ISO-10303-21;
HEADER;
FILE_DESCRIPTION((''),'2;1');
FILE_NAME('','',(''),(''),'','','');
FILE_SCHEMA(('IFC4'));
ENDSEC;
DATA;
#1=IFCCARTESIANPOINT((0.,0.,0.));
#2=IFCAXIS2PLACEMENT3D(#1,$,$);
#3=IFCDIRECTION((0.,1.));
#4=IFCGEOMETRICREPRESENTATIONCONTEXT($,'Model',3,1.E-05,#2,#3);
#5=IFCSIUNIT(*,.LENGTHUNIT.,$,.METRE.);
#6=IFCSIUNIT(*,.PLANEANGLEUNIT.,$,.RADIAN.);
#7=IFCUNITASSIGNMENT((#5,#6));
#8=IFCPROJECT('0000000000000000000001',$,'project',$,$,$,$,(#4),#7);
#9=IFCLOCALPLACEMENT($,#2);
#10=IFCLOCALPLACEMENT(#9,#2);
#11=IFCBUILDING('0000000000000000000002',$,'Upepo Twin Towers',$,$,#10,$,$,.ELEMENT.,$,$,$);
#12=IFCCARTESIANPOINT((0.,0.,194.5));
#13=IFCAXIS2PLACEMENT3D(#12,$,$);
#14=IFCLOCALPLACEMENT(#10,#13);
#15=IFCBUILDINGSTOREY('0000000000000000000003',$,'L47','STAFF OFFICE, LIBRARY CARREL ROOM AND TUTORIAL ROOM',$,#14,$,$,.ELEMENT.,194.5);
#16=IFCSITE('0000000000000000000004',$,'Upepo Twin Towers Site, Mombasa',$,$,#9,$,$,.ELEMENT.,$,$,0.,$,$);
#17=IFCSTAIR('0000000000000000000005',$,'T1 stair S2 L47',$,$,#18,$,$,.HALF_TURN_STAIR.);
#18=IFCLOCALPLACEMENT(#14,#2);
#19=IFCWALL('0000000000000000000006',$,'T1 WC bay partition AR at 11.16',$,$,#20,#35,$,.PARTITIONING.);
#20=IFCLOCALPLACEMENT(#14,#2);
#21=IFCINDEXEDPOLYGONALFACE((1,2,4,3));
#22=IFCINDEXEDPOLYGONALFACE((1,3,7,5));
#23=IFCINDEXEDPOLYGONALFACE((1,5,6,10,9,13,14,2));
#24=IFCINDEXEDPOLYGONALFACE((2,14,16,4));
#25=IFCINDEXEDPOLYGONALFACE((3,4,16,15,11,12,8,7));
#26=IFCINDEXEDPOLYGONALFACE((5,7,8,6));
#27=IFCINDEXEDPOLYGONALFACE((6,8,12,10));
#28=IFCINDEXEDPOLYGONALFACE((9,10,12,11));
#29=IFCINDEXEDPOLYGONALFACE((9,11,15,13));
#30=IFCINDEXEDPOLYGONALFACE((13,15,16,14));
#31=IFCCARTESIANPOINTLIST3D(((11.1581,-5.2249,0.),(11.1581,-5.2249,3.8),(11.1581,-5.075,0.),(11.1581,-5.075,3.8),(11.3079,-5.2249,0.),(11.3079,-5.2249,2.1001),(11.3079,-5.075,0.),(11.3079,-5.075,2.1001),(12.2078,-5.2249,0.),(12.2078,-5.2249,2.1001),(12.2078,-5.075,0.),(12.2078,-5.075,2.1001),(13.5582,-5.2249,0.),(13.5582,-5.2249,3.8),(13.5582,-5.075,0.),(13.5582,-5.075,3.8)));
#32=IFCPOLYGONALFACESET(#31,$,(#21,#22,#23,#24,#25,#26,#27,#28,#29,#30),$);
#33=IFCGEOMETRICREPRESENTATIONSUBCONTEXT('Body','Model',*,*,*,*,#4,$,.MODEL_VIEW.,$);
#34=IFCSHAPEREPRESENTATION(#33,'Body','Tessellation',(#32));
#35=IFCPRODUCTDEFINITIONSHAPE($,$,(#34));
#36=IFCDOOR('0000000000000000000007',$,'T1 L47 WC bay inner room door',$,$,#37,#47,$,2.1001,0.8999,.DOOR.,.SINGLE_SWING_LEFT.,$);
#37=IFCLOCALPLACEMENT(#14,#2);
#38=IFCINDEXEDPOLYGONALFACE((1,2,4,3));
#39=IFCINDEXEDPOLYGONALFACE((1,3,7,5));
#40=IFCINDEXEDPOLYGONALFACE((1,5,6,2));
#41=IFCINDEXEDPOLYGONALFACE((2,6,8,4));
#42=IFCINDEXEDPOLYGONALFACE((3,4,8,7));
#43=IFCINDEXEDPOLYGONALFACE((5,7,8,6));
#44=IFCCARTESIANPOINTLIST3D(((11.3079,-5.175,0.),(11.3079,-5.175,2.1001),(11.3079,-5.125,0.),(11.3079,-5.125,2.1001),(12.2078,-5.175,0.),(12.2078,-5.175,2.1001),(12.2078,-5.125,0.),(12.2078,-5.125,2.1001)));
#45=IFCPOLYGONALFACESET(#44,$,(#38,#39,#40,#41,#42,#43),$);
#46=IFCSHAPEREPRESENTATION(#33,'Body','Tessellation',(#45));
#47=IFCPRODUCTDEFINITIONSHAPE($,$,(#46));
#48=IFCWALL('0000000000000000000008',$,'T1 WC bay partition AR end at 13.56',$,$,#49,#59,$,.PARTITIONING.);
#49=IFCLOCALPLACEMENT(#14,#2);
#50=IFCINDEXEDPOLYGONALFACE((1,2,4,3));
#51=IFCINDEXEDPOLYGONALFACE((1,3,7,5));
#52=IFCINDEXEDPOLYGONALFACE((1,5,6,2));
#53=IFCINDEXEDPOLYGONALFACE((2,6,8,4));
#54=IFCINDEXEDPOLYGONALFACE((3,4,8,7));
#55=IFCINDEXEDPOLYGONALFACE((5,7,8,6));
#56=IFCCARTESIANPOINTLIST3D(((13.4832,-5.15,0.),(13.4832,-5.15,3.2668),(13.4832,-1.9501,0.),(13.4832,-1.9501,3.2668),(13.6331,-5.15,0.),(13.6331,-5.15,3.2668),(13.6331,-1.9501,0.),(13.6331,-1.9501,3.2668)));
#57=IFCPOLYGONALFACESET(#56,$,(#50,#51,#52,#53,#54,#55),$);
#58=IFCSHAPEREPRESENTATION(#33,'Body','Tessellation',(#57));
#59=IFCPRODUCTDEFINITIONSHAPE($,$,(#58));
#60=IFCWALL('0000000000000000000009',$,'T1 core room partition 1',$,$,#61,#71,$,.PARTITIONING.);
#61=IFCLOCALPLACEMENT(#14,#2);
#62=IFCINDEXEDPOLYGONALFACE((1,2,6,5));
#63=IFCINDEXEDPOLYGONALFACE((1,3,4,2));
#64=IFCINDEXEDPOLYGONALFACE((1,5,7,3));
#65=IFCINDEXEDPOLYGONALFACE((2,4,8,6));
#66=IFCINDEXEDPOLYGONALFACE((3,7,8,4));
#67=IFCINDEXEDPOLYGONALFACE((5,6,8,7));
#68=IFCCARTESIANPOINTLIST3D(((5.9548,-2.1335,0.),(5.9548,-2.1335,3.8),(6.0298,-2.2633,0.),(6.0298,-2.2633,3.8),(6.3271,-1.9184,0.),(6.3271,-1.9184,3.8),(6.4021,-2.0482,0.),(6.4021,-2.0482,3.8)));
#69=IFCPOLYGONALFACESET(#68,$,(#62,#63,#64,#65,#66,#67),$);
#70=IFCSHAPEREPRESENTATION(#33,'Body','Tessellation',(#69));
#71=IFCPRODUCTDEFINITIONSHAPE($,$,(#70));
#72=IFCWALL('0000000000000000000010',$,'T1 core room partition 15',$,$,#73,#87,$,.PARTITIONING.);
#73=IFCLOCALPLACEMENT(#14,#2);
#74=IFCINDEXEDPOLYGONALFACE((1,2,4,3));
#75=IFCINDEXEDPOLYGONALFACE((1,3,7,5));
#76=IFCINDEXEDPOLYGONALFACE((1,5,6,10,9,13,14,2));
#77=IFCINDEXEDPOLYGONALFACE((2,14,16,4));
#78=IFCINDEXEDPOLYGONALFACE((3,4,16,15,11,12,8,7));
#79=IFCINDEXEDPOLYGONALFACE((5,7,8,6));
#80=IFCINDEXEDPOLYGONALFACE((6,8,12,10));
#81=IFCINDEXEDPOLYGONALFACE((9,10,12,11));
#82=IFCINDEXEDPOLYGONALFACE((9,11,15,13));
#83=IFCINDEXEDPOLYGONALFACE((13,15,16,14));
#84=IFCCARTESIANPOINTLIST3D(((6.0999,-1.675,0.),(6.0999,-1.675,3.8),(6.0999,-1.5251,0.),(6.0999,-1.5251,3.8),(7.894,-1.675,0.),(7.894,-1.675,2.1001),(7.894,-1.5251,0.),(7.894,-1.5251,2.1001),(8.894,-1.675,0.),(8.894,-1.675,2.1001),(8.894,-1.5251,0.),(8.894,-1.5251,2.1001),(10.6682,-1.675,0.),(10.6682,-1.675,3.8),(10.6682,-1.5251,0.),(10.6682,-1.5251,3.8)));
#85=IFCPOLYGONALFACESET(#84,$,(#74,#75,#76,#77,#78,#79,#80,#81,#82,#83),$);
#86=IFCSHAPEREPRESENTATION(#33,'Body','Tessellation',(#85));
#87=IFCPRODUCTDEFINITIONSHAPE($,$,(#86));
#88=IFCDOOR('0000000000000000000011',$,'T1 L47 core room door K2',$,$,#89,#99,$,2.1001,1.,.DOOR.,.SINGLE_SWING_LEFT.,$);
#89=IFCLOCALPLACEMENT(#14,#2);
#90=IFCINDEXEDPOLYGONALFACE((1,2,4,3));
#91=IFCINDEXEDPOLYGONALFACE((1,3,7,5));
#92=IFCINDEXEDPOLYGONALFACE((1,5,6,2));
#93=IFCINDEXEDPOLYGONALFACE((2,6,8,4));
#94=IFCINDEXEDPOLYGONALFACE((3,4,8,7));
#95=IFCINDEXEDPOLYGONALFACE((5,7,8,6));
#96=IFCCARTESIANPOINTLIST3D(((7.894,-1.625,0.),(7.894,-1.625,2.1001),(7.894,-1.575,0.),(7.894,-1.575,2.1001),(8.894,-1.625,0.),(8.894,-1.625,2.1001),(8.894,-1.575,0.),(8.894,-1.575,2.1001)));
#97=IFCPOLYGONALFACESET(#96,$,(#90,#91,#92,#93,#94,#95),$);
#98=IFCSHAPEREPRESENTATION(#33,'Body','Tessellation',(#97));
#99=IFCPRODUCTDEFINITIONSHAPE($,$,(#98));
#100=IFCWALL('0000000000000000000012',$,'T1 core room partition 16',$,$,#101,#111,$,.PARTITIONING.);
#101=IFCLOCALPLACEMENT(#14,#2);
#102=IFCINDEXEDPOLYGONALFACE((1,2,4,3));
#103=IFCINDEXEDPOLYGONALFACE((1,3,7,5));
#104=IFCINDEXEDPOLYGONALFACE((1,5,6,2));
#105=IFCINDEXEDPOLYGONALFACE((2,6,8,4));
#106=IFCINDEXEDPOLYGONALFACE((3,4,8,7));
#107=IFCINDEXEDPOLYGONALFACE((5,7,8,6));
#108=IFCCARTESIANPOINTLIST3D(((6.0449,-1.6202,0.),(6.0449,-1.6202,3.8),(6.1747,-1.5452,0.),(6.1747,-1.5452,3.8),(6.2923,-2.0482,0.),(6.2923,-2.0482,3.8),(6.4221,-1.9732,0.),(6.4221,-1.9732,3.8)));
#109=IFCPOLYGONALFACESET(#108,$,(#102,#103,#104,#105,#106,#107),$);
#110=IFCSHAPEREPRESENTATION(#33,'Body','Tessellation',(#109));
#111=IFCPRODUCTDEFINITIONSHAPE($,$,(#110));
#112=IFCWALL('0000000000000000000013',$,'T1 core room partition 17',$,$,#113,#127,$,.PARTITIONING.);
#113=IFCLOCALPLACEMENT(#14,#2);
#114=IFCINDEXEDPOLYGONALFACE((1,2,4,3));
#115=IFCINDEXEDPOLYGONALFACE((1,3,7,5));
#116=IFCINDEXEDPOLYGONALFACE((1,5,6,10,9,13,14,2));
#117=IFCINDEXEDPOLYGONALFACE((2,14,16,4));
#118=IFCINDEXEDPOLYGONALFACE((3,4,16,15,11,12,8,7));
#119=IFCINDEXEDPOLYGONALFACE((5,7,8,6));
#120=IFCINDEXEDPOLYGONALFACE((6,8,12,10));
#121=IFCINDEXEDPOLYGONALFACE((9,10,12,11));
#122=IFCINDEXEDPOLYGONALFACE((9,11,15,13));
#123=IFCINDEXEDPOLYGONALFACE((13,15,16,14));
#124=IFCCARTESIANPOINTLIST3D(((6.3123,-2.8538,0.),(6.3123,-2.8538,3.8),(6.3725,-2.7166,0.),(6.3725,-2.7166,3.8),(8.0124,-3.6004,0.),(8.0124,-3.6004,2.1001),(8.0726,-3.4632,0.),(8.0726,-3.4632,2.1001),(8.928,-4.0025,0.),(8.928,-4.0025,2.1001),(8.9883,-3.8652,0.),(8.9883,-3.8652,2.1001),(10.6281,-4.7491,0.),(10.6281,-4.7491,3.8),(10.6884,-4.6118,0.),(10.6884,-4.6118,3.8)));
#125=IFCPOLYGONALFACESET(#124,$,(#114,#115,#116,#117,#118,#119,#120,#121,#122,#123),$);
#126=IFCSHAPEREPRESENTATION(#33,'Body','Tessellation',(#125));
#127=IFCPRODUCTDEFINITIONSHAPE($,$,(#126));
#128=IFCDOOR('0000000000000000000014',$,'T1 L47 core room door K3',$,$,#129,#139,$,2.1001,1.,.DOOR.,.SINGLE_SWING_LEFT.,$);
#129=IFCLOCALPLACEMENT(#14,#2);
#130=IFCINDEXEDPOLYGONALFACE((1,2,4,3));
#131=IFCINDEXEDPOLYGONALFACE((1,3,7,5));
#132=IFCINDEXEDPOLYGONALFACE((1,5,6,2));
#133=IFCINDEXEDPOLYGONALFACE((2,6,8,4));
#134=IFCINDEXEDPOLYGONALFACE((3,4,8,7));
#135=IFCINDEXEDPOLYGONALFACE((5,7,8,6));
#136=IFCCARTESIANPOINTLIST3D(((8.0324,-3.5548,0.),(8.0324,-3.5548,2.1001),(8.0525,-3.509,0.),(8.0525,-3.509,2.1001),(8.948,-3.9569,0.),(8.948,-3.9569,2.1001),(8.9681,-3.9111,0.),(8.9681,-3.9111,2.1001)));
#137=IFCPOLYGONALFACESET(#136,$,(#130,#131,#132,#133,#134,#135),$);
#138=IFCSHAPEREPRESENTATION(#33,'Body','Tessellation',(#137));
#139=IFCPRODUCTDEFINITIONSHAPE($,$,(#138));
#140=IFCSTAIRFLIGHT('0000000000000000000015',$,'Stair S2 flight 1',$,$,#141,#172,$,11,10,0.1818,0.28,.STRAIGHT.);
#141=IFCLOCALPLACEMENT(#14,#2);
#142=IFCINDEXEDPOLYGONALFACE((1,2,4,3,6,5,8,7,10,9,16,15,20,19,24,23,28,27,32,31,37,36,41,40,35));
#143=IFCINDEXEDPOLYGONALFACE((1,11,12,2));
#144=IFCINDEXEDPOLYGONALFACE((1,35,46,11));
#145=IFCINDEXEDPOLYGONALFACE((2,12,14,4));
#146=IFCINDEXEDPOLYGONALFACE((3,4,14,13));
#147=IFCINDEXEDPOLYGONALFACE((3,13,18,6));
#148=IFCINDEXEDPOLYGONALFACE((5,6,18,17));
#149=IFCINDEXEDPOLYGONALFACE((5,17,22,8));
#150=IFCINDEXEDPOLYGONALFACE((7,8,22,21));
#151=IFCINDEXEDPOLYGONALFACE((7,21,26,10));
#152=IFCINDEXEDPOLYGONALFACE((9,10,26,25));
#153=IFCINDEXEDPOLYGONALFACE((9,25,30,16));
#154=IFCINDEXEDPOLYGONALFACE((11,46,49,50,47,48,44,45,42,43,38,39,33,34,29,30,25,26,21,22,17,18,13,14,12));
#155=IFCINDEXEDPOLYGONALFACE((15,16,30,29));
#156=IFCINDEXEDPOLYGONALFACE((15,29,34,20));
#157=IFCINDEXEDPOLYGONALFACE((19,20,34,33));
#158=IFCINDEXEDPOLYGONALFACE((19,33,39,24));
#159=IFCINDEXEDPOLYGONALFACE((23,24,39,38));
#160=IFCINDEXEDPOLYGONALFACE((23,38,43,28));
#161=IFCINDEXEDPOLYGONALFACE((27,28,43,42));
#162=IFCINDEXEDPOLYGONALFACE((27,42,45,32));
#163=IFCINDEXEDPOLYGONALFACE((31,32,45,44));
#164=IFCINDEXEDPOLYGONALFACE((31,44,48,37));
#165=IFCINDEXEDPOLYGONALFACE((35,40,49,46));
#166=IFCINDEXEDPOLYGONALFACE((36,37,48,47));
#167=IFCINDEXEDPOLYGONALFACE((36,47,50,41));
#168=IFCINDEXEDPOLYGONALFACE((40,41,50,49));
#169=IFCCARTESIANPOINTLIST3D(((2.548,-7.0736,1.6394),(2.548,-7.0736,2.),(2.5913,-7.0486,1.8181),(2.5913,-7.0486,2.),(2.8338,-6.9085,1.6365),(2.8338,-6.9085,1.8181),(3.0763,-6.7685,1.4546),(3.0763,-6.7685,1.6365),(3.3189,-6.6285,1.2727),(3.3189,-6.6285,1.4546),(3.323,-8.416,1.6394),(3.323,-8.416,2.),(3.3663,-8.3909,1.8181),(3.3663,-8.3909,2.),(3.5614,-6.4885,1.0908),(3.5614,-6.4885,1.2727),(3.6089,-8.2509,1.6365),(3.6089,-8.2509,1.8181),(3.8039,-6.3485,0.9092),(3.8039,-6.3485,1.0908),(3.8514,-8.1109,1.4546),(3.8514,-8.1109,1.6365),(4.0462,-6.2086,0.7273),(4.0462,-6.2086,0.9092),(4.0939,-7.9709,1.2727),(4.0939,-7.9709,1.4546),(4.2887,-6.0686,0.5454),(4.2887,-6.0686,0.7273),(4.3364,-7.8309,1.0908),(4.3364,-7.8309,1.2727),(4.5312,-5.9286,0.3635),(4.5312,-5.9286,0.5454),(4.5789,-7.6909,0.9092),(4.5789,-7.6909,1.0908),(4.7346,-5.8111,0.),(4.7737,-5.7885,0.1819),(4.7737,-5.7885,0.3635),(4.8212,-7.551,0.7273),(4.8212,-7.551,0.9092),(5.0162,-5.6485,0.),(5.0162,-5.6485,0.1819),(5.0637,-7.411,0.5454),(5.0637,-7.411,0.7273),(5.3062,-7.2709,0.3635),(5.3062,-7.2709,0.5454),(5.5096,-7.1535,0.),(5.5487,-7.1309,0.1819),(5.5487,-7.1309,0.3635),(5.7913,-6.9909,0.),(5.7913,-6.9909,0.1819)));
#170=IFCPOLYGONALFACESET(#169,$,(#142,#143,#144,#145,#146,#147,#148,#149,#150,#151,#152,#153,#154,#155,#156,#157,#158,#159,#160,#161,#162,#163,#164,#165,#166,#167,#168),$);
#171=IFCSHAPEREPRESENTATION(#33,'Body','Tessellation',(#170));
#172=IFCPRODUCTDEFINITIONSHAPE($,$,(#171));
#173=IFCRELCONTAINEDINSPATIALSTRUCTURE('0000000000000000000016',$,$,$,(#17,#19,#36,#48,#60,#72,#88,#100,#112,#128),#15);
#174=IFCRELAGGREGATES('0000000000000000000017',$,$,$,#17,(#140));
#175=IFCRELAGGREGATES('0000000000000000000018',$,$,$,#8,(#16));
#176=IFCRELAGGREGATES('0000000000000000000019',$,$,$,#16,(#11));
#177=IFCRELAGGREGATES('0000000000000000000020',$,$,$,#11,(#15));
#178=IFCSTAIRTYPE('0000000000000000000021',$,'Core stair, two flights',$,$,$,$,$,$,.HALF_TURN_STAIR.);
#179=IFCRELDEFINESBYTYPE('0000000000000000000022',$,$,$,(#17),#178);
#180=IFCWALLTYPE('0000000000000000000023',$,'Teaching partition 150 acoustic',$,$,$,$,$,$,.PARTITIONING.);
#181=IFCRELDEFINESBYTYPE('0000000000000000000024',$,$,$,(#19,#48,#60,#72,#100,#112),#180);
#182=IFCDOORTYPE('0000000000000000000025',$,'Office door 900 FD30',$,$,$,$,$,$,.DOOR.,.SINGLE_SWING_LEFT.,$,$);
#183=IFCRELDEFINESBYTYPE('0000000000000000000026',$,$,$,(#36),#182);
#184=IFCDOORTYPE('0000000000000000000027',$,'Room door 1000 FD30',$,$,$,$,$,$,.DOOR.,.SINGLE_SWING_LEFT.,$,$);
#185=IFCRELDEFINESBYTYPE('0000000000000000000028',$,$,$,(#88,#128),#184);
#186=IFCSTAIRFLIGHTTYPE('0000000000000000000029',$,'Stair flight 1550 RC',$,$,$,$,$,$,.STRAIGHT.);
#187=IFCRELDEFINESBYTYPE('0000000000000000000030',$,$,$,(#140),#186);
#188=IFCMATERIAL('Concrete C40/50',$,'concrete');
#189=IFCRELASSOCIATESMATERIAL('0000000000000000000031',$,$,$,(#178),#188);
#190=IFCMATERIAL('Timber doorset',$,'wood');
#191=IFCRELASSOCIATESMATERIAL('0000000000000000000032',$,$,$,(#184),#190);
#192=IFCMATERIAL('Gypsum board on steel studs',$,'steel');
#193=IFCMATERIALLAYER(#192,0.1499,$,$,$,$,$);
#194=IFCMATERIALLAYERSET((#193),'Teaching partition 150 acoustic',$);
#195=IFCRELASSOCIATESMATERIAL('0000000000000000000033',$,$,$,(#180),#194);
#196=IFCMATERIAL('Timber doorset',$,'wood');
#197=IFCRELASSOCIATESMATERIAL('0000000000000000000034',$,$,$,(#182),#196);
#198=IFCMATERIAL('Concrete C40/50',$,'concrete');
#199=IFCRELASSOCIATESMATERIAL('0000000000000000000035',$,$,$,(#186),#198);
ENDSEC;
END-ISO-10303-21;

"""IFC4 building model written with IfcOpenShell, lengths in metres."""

from ifc_helpers import new_model, si_unit, direction, frame, frame_2d, origin, place, context, subcontext, project, spatial, polyline, rectangle, outline, extrude, material, layer, layer_set, type_object, element, fill, aggregate, save


model = new_model("IFC4")

# Units and contexts
model_context = context("Model", 3, precision=1e-05, world=origin(), true_north=direction((0.0, 1.0)))
body_context = subcontext(model_context, "Body", "Model", "MODEL_VIEW")
ifc_project = project(units=[si_unit("LENGTHUNIT", "METRE"), si_unit("PLANEANGLEUNIT", "RADIAN")], contexts=[model_context])

# Site, building, storey
site_placement = place(None, origin())
site = spatial("IfcSite", under=ifc_project, at=site_placement, Name="Upepo Twin Towers Site, Mombasa", CompositionType="ELEMENT", RefElevation=0.0)
building_placement = place(site_placement, origin())
building = spatial("IfcBuilding", under=site, at=building_placement, Name="Upepo Twin Towers", CompositionType="ELEMENT")
storey_placement = place(building_placement, frame((0.0, 0.0, 194.5)))
storey = spatial("IfcBuildingStorey", under=building, at=storey_placement, Name="L47", Description="STAFF OFFICE, LIBRARY CARREL ROOM AND TUTORIAL ROOM", CompositionType="ELEMENT", Elevation=194.5)

# Stair
ifc_material_1 = material(Name="Concrete C40/50", Category="concrete")
stair_type = type_object("IfcStairType", Name="Core stair, two flights", PredefinedType="HALF_TURN_STAIR", material=ifc_material_1)
stair_placement = place(storey_placement, origin())
stair = element("IfcStair", 1, at=stair_placement, inside=storey, type_object=stair_type, Name="T1 stair S2 L47", PredefinedType="HALF_TURN_STAIR")

# Shared definitions
ifc_material_2 = material(Name="Timber doorset", Category="wood")
door_type_1 = type_object("IfcDoorType", Name="Room door 1000 FD30", OperationType="SINGLE_SWING_LEFT", PredefinedType="DOOR", material=ifc_material_2)

# Wall, opening, door
ifc_material_3 = material(Name="Gypsum board on steel studs", Category="steel")
ifc_layer_1 = layer(ifc_material_3, 0.1499)
ifc_layer_set_1 = layer_set([ifc_layer_1], Name="Teaching partition 150 acoustic")
wall_type_1 = type_object("IfcWallType", Name="Teaching partition 150 acoustic", PredefinedType="PARTITIONING", material=ifc_layer_set_1)
wall_1_placement = place(storey_placement, frame((11.158, -5.1499, 0.0), z_axis=(0.0, 0.0, 1.0), x_axis=(1.0, 0.0, 0.0)))
wall_1 = element("IfcWall", 2, at=wall_1_placement, inside=storey, type_object=wall_type_1, Name="T1 WC bay partition AR at 11.16", PredefinedType="PARTITIONING", context=body_context, shape_type="SweptSolid", body=[
    extrude(rectangle(XDim=2.4001, YDim=0.1499, at=frame_2d((1.2002, 0.0))), origin(), (0.0, 0.0, 1.0), 3.8),
])
opening_1_placement = place(wall_1_placement, frame((0.1499, 0.0, 0.0)))
opening_1 = element("IfcOpeningElement", 3, at=opening_1_placement, cuts=wall_1, PredefinedType="OPENING", context=body_context, shape_type="SweptSolid", body=[
    extrude(rectangle(XDim=0.8999, YDim=2.1001, at=frame_2d((0.45, 1.05))), frame((0.0, 0.085, 0.0), z_axis=(0.0, -1.0, 0.0), x_axis=(1.0, 0.0, 0.0)), (0.0, 0.0, 1.0), 0.1699),
])
ifc_material_4 = material(Name="Timber doorset", Category="wood")
door_type_2 = type_object("IfcDoorType", Name="Office door 900 FD30", OperationType="SINGLE_SWING_LEFT", PredefinedType="DOOR", material=ifc_material_4)
door_1_placement = place(opening_1_placement, origin())
door_1 = element("IfcDoor", 4, at=door_1_placement, inside=storey, type_object=door_type_2, Name="T1 L47 WC bay inner room door", OperationType="SINGLE_SWING_LEFT", OverallHeight=2.1001, OverallWidth=0.8999, PredefinedType="DOOR", context=body_context, shape_type="SweptSolid", body=[
    extrude(rectangle(XDim=0.8999, YDim=2.1001, at=frame_2d((0.45, 1.05))), frame((0.0, 0.0249, 0.0), z_axis=(0.0, -1.0, 0.0), x_axis=(1.0, 0.0, 0.0)), (0.0, 0.0, 1.0), 0.05),
])
fill(opening_1, door_1)

# Walls
wall_2_placement = place(storey_placement, frame((13.5581, -1.95, 0.0), z_axis=(0.0, 0.0, 1.0), x_axis=(0.0, -1.0, 0.0)))
element("IfcWall", 5, at=wall_2_placement, inside=storey, type_object=wall_type_1, Name="T1 WC bay partition AR end at 13.56", PredefinedType="PARTITIONING", context=body_context, shape_type="SweptSolid", body=[
    extrude(rectangle(XDim=3.2, YDim=0.1499, at=frame_2d((1.6001, 0.0))), origin(), (0.0, 0.0, 1.0), 3.2668),
])
wall_3_placement = place(storey_placement, frame((6.3645, -1.9834, 0.0), z_axis=(0.0, 0.0, 1.0), x_axis=(-0.865892, -0.50023, 0.0)))
element("IfcWall", 6, at=wall_3_placement, inside=storey, type_object=wall_type_1, Name="T1 core room partition 1", PredefinedType="PARTITIONING", context=body_context, shape_type="SweptSolid", body=[
    extrude(rectangle(XDim=0.4299, YDim=0.1499, at=frame_2d((0.2148, 0.0))), origin(), (0.0, 0.0, 1.0), 3.8),
])

# Wall, opening, door
wall_4_placement = place(storey_placement, frame((10.6682, -1.6001, 0.0), z_axis=(0.0, 0.0, 1.0), x_axis=(-1.0, 0.0, 0.0)))
wall_4 = element("IfcWall", 7, at=wall_4_placement, inside=storey, type_object=wall_type_1, Name="T1 core room partition 15", PredefinedType="PARTITIONING", context=body_context, shape_type="SweptSolid", body=[
    extrude(rectangle(XDim=4.5684, YDim=0.1499, at=frame_2d((2.2842, 0.0))), origin(), (0.0, 0.0, 1.0), 3.8),
])
opening_2_placement = place(wall_4_placement, frame((1.7742, 0.0, 0.0)))
opening_2 = element("IfcOpeningElement", 8, at=opening_2_placement, cuts=wall_4, PredefinedType="OPENING", context=body_context, shape_type="SweptSolid", body=[
    extrude(rectangle(XDim=1.0, YDim=2.1001, at=frame_2d((0.5, 1.05))), frame((0.0, 0.085, 0.0), z_axis=(0.0, -1.0, 0.0), x_axis=(1.0, 0.0, 0.0)), (0.0, 0.0, 1.0), 0.1699),
])
door_2_placement = place(opening_2_placement, origin())
door_2 = element("IfcDoor", 9, at=door_2_placement, inside=storey, type_object=door_type_1, Name="T1 L47 core room door K2", OperationType="SINGLE_SWING_LEFT", OverallHeight=2.1001, OverallWidth=1.0, PredefinedType="DOOR", context=body_context, shape_type="SweptSolid", body=[
    extrude(rectangle(XDim=1.0, YDim=2.1001, at=frame_2d((0.5, 1.05))), frame((0.0, 0.0249, 0.0), z_axis=(0.0, -1.0, 0.0), x_axis=(1.0, 0.0, 0.0)), (0.0, 0.0, 1.0), 0.05),
])
fill(opening_2, door_2)

# Wall
wall_5_placement = place(storey_placement, frame((6.1099, -1.5828, 0.0), z_axis=(0.0, 0.0, 1.0), x_axis=(0.500335, -0.865832, 0.0)))
element("IfcWall", 10, at=wall_5_placement, inside=storey, type_object=wall_type_1, Name="T1 core room partition 16", PredefinedType="PARTITIONING", context=body_context, shape_type="SweptSolid", body=[
    extrude(rectangle(XDim=0.4944, YDim=0.1499, at=frame_2d((0.2471, 0.0))), origin(), (0.0, 0.0, 1.0), 3.8),
])

# Wall, opening, door
wall_6_placement = place(storey_placement, frame((6.3423, -2.7852, 0.0), z_axis=(0.0, 0.0, 1.0), x_axis=(0.915607, -0.402074, 0.0)))
wall_6 = element("IfcWall", 11, at=wall_6_placement, inside=storey, type_object=wall_type_1, Name="T1 core room partition 17", PredefinedType="PARTITIONING", context=body_context, shape_type="SweptSolid", body=[
    extrude(rectangle(XDim=4.7136, YDim=0.1499, at=frame_2d((2.3569, 0.0))), origin(), (0.0, 0.0, 1.0), 3.8),
])
opening_3_placement = place(wall_6_placement, frame((1.8569, 0.0, 0.0)))
opening_3 = element("IfcOpeningElement", 12, at=opening_3_placement, cuts=wall_6, PredefinedType="OPENING", context=body_context, shape_type="SweptSolid", body=[
    extrude(rectangle(XDim=1.0, YDim=2.1001, at=frame_2d((0.5, 1.05))), frame((0.0, 0.085, 0.0), z_axis=(0.0, -1.0, 0.0), x_axis=(1.0, 0.0, 0.0)), (0.0, 0.0, 1.0), 0.1699),
])
door_3_placement = place(opening_3_placement, origin())
door_3 = element("IfcDoor", 13, at=door_3_placement, inside=storey, type_object=door_type_1, Name="T1 L47 core room door K3", OperationType="SINGLE_SWING_LEFT", OverallHeight=2.1001, OverallWidth=1.0, PredefinedType="DOOR", context=body_context, shape_type="SweptSolid", body=[
    extrude(rectangle(XDim=1.0, YDim=2.1001, at=frame_2d((0.5, 1.05))), frame((0.0, 0.0249, 0.0), z_axis=(0.0, -1.0, 0.0), x_axis=(1.0, 0.0, 0.0)), (0.0, 0.0, 1.0), 0.05),
])
fill(opening_3, door_3)

# Stair flight
ifc_material_5 = material(Name="Concrete C40/50", Category="concrete")
stair_flight_type = type_object("IfcStairFlightType", Name="Stair flight 1550 RC", PredefinedType="STRAIGHT", material=ifc_material_5)
stair_flight_1_placement = place(storey_placement, frame((5.4038, -6.3198, 0.0), z_axis=(0.0, 0.0, 1.0), x_axis=(-0.866025, -0.5, 0.0)))
stair_flight_1 = element("IfcStairFlight", 14, at=stair_flight_1_placement, type_object=stair_flight_type, Name="Stair S2 flight 1", NumberOfRisers=11, NumberOfTreads=10, PredefinedType="STRAIGHT", RiserHeight=0.1818, TreadLength=0.28, context=body_context, shape_type="SweptSolid", body=[
    extrude(outline(polyline([(0.0, 0.0), (0.0, 0.1819), (0.28, 0.1819), (0.28, 0.3635), (0.5601, 0.3635), (0.5601, 0.5454), (0.8401, 0.5454), (0.8401, 0.7273), (1.1201, 0.7273), (1.1201, 0.9092), (1.3999, 0.9092), (1.3999, 1.0908), (1.6799, 1.0908), (1.6799, 1.2727), (1.96, 1.2727), (1.96, 1.4546), (2.24, 1.4546), (2.24, 1.6365), (2.52, 1.6365), (2.52, 1.8181), (2.8, 1.8181), (2.8, 2.0), (2.8501, 2.0), (2.8501, 1.6394), (0.3252, 0.0), (0.0, 0.0)])), frame((0.0, 0.7749, 0.0), z_axis=(0.0, -1.0, 0.0), x_axis=(1.0, 0.0, 0.0)), (0.0, 0.0, 1.0), 1.55),
])
aggregate(stair, [stair_flight_1])

save(model, "model.ifc")
